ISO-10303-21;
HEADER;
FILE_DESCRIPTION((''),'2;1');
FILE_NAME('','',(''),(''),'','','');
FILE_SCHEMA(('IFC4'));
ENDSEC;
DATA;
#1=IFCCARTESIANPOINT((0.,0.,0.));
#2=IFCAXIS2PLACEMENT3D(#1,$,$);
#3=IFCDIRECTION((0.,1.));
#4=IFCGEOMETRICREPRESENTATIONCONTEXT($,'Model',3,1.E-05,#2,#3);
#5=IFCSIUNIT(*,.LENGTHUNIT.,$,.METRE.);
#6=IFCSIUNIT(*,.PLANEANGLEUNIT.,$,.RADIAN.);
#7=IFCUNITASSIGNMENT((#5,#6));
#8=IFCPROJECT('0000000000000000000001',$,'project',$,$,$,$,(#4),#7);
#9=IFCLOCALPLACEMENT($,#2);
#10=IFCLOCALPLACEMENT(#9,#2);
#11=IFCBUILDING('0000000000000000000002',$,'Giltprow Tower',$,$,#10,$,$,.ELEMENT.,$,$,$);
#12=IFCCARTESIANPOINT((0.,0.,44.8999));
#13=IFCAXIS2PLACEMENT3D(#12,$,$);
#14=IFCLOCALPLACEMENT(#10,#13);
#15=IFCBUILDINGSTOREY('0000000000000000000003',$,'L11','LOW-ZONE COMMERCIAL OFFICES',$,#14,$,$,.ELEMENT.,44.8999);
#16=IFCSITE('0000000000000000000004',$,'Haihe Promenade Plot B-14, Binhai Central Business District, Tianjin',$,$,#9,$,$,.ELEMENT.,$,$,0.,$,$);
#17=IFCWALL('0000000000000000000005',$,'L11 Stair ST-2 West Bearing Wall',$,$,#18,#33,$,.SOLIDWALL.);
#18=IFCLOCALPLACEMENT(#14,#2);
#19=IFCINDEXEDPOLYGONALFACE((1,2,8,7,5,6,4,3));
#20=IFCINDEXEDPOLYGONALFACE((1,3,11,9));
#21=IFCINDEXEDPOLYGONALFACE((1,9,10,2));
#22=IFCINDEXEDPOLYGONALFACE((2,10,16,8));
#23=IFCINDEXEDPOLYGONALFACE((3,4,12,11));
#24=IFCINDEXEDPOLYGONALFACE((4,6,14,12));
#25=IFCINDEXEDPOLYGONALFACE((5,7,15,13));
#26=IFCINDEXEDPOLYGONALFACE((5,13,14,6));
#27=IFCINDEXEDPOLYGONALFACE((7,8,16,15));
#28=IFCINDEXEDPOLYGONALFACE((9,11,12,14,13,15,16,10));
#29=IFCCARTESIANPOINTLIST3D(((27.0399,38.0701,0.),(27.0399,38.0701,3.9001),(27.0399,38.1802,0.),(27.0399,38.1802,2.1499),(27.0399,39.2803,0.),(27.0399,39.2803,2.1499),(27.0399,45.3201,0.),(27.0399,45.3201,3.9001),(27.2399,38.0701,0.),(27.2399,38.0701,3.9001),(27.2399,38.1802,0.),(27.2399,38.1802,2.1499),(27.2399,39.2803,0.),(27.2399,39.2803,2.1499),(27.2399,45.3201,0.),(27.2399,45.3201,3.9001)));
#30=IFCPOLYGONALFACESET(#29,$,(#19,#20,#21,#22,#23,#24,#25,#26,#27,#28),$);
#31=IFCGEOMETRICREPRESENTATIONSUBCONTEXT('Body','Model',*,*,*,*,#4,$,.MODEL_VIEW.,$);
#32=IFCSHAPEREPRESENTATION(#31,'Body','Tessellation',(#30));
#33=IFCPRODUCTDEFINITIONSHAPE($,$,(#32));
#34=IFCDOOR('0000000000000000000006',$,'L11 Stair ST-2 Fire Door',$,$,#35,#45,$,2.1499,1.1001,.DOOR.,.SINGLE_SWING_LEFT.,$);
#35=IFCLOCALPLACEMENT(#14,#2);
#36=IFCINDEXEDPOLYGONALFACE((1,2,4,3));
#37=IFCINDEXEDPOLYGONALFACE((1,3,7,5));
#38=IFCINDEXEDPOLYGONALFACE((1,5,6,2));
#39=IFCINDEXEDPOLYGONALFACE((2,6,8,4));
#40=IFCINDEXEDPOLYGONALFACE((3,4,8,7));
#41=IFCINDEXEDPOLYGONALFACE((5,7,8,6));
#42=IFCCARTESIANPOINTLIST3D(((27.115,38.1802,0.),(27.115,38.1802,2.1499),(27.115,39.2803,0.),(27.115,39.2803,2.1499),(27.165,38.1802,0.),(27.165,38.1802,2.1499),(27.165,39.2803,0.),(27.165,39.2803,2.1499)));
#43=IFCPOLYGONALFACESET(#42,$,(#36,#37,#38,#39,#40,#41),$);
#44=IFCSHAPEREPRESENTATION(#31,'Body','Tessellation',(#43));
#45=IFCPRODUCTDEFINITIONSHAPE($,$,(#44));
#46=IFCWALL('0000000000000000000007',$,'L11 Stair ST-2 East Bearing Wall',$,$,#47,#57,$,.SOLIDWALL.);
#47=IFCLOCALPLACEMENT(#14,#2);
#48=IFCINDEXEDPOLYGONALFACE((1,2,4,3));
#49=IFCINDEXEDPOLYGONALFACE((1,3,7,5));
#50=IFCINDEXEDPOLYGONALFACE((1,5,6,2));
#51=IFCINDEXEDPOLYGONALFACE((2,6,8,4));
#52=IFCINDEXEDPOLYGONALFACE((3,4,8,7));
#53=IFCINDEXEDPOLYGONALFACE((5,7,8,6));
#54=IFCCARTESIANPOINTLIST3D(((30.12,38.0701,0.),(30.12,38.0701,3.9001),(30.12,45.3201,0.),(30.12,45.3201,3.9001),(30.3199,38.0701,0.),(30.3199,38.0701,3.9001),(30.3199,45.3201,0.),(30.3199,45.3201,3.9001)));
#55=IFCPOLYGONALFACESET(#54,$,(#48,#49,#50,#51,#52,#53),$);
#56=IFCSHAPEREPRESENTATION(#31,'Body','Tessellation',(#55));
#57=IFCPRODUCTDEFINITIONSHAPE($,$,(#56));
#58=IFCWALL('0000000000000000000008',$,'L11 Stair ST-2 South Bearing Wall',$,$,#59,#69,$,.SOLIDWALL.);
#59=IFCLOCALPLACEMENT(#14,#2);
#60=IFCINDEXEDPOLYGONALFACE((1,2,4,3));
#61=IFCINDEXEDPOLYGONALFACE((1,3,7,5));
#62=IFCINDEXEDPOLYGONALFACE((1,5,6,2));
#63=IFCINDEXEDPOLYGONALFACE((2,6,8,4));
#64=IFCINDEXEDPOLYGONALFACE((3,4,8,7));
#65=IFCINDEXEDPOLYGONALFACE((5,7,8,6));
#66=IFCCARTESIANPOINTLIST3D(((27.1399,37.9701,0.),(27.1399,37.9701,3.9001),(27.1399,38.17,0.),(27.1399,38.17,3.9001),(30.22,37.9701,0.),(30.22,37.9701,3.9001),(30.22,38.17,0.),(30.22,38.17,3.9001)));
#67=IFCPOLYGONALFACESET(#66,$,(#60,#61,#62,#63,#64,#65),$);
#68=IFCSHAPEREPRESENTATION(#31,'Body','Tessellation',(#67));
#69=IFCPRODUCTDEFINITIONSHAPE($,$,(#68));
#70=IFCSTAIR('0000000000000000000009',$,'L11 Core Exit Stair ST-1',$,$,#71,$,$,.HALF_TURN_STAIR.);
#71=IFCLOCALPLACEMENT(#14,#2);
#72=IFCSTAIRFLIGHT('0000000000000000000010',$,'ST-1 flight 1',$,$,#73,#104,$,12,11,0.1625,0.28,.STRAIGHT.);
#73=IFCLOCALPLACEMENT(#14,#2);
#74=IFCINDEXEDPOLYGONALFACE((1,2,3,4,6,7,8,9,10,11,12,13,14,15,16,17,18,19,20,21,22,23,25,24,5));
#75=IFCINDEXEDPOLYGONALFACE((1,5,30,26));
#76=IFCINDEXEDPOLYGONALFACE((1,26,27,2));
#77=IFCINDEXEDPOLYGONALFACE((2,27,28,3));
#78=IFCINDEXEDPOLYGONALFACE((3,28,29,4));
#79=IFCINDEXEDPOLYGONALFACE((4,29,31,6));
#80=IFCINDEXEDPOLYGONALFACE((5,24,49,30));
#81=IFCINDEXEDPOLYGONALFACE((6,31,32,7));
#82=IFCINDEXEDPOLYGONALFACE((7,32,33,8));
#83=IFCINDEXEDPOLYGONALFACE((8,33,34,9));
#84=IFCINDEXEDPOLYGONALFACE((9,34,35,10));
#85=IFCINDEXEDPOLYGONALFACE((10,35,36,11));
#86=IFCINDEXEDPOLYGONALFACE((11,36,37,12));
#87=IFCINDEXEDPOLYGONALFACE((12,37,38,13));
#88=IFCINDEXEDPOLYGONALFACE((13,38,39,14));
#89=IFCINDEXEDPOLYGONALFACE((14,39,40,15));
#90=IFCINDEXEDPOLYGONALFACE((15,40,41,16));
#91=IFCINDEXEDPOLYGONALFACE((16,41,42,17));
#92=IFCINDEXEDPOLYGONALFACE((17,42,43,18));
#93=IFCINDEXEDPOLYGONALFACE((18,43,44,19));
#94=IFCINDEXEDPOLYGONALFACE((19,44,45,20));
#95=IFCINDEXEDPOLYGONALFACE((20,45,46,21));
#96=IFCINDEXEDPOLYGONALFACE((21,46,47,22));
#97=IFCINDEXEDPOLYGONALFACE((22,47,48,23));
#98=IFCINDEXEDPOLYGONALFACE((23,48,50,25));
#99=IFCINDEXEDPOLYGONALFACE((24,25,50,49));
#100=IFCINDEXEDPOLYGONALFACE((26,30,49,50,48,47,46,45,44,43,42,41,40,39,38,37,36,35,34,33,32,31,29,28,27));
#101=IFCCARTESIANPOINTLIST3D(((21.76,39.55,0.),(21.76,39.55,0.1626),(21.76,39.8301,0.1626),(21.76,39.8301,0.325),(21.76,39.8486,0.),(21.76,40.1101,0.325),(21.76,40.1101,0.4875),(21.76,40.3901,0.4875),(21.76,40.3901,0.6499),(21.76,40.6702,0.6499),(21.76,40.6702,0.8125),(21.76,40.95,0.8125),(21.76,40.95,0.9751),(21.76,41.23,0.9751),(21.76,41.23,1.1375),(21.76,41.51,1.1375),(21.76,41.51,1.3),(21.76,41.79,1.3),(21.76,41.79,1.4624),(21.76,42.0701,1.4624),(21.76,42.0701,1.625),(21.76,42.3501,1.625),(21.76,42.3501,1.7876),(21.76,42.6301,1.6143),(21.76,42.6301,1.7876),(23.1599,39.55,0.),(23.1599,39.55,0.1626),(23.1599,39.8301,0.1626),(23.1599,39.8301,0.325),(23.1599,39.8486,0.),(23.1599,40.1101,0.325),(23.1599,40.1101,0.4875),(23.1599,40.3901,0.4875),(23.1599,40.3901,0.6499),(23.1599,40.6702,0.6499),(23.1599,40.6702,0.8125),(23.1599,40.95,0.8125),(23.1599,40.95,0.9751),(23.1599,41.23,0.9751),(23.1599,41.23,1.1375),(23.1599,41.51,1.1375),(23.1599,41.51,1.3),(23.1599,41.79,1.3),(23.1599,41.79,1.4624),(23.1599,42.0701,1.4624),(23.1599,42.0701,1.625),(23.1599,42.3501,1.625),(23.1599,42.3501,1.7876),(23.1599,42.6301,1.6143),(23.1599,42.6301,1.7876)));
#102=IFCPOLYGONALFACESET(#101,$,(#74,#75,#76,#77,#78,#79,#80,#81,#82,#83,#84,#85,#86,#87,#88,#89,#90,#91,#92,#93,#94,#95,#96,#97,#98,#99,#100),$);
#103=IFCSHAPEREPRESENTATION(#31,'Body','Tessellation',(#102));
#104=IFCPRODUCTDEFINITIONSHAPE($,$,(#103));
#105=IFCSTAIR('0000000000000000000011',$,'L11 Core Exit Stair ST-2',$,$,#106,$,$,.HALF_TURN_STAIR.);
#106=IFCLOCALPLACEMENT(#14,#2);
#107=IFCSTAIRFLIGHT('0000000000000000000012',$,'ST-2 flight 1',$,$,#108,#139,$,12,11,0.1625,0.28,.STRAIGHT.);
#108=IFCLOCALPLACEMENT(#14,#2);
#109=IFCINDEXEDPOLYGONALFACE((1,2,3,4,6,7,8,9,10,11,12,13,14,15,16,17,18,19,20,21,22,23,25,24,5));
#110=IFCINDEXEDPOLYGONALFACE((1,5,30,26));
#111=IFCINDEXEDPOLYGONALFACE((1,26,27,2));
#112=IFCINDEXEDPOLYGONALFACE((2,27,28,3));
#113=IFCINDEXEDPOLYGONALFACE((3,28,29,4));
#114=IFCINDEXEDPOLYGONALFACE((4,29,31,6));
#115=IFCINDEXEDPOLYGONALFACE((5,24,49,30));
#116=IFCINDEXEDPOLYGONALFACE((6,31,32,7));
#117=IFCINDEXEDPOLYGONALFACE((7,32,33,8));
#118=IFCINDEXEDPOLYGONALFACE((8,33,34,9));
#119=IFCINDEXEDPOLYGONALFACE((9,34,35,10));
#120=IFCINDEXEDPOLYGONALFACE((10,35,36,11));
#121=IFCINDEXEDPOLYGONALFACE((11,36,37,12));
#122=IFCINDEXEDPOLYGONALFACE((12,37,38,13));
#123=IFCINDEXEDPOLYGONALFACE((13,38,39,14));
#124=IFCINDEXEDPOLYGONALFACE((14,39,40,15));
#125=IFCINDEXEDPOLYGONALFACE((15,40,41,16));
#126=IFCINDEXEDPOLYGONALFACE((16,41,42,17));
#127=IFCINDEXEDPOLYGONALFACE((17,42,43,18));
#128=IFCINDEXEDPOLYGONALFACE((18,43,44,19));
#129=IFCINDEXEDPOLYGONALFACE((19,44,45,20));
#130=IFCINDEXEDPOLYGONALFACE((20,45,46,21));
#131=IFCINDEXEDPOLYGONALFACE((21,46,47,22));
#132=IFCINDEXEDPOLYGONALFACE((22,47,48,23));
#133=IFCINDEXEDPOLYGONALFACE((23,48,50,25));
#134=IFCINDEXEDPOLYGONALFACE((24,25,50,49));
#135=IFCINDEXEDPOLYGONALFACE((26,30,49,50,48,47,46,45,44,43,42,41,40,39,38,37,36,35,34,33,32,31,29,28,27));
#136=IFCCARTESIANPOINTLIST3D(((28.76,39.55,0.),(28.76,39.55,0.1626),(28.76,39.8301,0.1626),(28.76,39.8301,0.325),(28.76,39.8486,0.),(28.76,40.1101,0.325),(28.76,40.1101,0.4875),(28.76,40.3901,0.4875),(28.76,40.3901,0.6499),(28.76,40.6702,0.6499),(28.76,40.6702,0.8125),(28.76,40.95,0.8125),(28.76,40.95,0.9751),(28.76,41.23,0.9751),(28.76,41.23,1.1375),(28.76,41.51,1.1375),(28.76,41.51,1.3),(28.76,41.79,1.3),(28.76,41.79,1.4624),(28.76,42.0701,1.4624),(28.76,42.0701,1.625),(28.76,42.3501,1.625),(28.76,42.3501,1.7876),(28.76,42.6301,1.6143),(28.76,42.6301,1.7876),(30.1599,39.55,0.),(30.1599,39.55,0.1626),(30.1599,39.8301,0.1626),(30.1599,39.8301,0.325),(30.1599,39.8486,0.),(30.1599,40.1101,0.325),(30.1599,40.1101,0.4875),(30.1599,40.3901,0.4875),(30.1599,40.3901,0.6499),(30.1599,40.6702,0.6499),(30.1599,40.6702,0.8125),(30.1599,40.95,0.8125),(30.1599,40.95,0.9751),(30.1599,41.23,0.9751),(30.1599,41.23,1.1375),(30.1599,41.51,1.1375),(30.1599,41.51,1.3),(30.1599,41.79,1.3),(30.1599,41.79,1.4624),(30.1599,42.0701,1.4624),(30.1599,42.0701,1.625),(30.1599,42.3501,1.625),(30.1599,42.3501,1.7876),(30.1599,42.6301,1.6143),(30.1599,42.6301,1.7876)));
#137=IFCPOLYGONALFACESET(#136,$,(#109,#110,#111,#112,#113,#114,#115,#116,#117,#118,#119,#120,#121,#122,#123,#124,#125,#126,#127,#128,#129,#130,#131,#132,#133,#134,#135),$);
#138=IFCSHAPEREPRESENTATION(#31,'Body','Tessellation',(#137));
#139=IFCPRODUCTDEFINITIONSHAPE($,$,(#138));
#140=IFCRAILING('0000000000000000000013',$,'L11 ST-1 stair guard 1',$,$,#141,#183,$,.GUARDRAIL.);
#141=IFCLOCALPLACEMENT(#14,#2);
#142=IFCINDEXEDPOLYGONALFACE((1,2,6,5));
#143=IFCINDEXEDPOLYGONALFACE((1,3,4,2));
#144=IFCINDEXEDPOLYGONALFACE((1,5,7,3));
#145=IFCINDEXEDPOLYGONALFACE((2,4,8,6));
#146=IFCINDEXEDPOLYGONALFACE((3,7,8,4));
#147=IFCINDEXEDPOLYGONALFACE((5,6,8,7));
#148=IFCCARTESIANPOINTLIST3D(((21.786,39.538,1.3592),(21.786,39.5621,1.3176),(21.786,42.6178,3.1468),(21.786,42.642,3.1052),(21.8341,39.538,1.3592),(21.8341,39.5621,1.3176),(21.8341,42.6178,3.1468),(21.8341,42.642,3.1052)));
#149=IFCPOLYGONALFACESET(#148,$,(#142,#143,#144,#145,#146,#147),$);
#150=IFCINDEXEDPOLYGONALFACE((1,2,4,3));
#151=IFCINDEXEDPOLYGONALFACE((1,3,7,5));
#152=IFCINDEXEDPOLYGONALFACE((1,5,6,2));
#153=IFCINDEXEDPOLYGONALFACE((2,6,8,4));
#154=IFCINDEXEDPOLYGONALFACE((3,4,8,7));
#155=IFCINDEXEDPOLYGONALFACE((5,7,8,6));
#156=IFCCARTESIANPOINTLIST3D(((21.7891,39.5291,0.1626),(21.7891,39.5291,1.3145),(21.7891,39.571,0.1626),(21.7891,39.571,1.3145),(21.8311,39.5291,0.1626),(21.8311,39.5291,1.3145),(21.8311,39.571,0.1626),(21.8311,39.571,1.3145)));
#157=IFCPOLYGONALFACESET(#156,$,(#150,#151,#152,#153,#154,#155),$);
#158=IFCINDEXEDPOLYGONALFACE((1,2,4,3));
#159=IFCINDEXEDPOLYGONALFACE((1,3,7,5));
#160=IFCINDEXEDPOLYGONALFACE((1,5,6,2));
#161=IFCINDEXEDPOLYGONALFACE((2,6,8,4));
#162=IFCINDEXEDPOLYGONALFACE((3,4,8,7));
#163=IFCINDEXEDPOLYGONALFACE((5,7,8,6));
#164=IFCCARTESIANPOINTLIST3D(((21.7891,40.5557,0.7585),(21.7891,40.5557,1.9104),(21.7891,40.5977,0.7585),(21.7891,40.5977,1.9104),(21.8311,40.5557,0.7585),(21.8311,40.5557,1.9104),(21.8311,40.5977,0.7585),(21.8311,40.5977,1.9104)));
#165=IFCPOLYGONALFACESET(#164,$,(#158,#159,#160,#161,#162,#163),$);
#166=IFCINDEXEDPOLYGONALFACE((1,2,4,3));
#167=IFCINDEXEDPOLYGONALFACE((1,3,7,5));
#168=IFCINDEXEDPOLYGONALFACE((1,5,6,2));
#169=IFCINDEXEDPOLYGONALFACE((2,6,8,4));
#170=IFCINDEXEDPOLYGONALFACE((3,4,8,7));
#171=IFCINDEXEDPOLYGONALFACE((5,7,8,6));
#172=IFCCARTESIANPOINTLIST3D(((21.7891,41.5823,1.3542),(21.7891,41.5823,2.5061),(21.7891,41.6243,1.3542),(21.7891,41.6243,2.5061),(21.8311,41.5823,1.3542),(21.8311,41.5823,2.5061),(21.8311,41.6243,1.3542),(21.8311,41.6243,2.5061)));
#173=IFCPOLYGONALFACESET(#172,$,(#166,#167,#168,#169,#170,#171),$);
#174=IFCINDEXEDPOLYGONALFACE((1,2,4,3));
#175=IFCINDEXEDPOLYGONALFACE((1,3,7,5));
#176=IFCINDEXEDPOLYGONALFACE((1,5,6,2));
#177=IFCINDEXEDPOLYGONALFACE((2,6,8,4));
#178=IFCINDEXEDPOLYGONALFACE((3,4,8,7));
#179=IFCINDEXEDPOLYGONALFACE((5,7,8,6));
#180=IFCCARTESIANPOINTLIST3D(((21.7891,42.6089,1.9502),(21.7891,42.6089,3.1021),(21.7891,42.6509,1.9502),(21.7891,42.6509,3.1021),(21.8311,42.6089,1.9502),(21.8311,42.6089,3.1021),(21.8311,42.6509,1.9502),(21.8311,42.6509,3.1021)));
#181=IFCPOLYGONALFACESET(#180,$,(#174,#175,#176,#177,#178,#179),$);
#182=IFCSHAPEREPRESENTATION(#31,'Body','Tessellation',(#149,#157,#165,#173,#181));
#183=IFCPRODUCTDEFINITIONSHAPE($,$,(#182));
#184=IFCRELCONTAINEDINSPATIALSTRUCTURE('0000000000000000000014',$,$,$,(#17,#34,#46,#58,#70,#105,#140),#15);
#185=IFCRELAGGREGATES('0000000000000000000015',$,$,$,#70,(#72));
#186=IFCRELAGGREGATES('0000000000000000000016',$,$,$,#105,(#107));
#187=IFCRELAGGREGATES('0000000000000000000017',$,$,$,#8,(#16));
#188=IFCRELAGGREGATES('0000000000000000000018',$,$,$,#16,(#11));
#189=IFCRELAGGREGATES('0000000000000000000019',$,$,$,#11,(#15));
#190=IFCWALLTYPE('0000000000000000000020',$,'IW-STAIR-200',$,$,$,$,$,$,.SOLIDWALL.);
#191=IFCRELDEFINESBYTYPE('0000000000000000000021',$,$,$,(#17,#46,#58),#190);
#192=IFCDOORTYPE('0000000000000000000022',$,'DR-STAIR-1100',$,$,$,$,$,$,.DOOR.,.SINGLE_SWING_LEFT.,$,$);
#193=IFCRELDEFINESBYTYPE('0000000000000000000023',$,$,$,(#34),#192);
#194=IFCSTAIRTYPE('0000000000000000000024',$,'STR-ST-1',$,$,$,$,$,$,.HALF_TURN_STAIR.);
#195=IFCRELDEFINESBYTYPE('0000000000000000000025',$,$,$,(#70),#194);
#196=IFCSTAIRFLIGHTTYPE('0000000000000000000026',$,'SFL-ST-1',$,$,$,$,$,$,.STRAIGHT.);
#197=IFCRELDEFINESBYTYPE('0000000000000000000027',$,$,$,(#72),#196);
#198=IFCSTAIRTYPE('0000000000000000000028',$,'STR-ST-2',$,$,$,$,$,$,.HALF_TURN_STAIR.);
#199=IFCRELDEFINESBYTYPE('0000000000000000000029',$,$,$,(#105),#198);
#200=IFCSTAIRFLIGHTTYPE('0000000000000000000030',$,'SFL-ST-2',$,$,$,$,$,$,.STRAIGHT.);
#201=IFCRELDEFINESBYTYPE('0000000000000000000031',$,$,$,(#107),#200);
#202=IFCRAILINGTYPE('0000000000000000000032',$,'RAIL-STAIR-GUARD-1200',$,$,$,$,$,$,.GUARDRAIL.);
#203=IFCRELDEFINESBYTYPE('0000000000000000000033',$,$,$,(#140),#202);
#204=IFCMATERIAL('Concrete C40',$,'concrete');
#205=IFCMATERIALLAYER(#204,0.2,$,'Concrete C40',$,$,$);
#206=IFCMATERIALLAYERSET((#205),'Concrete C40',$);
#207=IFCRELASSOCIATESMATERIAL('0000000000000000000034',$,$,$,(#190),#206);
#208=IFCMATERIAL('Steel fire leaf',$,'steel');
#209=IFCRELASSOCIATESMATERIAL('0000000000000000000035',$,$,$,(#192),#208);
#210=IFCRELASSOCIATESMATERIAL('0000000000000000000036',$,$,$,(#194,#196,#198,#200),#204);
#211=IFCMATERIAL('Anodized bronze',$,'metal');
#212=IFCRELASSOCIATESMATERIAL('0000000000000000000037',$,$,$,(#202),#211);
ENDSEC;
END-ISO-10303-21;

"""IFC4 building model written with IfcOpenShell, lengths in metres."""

from ifc_helpers import new_model, si_unit, direction, frame, frame_2d, origin, origin_2d, place, context, subcontext, project, spatial, polyline, rectangle, outline, extrude, source, transform, mapped, material, layer, layer_set, type_object, element, fill, aggregate, save


model = new_model("IFC4")

# Units and contexts
model_context = context("Model", 3, precision=1e-05, world=origin(), true_north=direction((0.0, 1.0)))
body_context = subcontext(model_context, "Body", "Model", "MODEL_VIEW")
ifc_project = project(units=[si_unit("LENGTHUNIT", "METRE"), si_unit("PLANEANGLEUNIT", "RADIAN")], contexts=[model_context])

# Site, building, storey
site_placement = place(None, origin())
site = spatial("IfcSite", under=ifc_project, at=site_placement, Name="Haihe Promenade Plot B-14, Binhai Central Business District, Tianjin", CompositionType="ELEMENT", RefElevation=0.0)
building_placement = place(site_placement, origin())
building = spatial("IfcBuilding", under=site, at=building_placement, Name="Giltprow Tower", CompositionType="ELEMENT")
storey_placement = place(building_placement, frame((0.0, 0.0, 44.8999)))
storey = spatial("IfcBuildingStorey", under=building, at=storey_placement, Name="L11", Description="LOW-ZONE COMMERCIAL OFFICES", CompositionType="ELEMENT", Elevation=44.8999)

# Wall, opening, door
ifc_material_1 = material(Name="Concrete C40", Category="concrete")
ifc_layer_1 = layer(ifc_material_1, 0.2, Name="Concrete C40")
ifc_layer_set_1 = layer_set([ifc_layer_1], Name="Concrete C40")
wall_type_1 = type_object("IfcWallType", Name="IW-STAIR-200", PredefinedType="SOLIDWALL", material=ifc_layer_set_1)
ifc_material_2 = material(Name="Steel fire leaf", Category="steel")
door_type_1 = type_object("IfcDoorType", Name="DR-STAIR-1100", OperationType="SINGLE_SWING_LEFT", PredefinedType="DOOR", material=ifc_material_2)
shared_shape_1 = source(origin(), body_context, "Body", "SweptSolid", [
    extrude(rectangle(XDim=1.1001, YDim=2.1499, at=frame_2d((0.55, 1.075))), frame((0.0, 0.0249, 0.0), z_axis=(0.0, -1.0, 0.0), x_axis=(1.0, 0.0, 0.0)), (0.0, 0.0, 1.0), 0.05),
])
wall_1_placement = place(storey_placement, frame((27.1399, 38.0701, 0.0), z_axis=(0.0, 0.0, 1.0), x_axis=(0.0, 1.0, 0.0)))
wall_1 = element("IfcWall", 1, at=wall_1_placement, inside=storey, type_object=wall_type_1, Name="L11 Stair ST-2 West Bearing Wall", PredefinedType="SOLIDWALL", context=body_context, shape_type="SweptSolid", body=[
    extrude(rectangle(XDim=7.25, YDim=0.2, at=frame_2d((3.625, 0.0))), origin(), (0.0, 0.0, 1.0), 3.9001),
])
opening_1_placement = place(wall_1_placement, frame((0.1101, 0.0, 0.0)))
opening_1 = element("IfcOpeningElement", 2, at=opening_1_placement, cuts=wall_1, PredefinedType="OPENING", context=body_context, shape_type="SweptSolid", body=[
    extrude(rectangle(XDim=1.1001, YDim=2.1499, at=frame_2d((0.55, 1.075))), frame((0.0, 0.1099, 0.0), z_axis=(0.0, -1.0, 0.0), x_axis=(1.0, 0.0, 0.0)), (0.0, 0.0, 1.0), 0.22),
])
door_1_placement = place(opening_1_placement, origin())
door_1 = element("IfcDoor", 3, at=door_1_placement, inside=storey, type_object=door_type_1, Name="L11 Stair ST-2 Fire Door", OperationType="SINGLE_SWING_LEFT", OverallHeight=2.1499, OverallWidth=1.1001, PredefinedType="DOOR", context=body_context, shape_type="MappedRepresentation", body=[
    mapped(shared_shape_1, transform((0.0, 0.0, 0.0), x_axis=(1.0, 0.0, 0.0), y_axis=(0.0, 1.0, 0.0), z_axis=(0.0, 0.0, 1.0), scale=1.0)),
])
fill(opening_1, door_1)

# Walls
wall_2_placement = place(storey_placement, frame((30.22, 38.0701, 0.0), z_axis=(0.0, 0.0, 1.0), x_axis=(0.0, 1.0, 0.0)))
element("IfcWall", 4, at=wall_2_placement, inside=storey, type_object=wall_type_1, Name="L11 Stair ST-2 East Bearing Wall", PredefinedType="SOLIDWALL", context=body_context, shape_type="SweptSolid", body=[
    extrude(rectangle(XDim=7.25, YDim=0.2, at=frame_2d((3.625, 0.0))), origin(), (0.0, 0.0, 1.0), 3.9001),
])
wall_3_placement = place(storey_placement, frame((27.1399, 38.0701, 0.0), z_axis=(0.0, 0.0, 1.0), x_axis=(1.0, 0.0, 0.0)))
element("IfcWall", 5, at=wall_3_placement, inside=storey, type_object=wall_type_1, Name="L11 Stair ST-2 South Bearing Wall", PredefinedType="SOLIDWALL", context=body_context, shape_type="SweptSolid", body=[
    extrude(rectangle(XDim=3.0801, YDim=0.2, at=frame_2d((1.54, 0.0))), origin(), (0.0, 0.0, 1.0), 3.9001),
])

# Stairs, stair flights
stair_type_1 = type_object("IfcStairType", Name="STR-ST-1", PredefinedType="HALF_TURN_STAIR", material=ifc_material_1)
stair_1_placement = place(storey_placement, origin())
stair_1 = element("IfcStair", 6, at=stair_1_placement, inside=storey, type_object=stair_type_1, Name="L11 Core Exit Stair ST-1", PredefinedType="HALF_TURN_STAIR")
stair_flight_type_1 = type_object("IfcStairFlightType", Name="SFL-ST-1", PredefinedType="STRAIGHT", material=ifc_material_1)
stair_flight_1_placement = place(storey_placement, frame((22.46, 39.55, 0.0), z_axis=(0.0, 0.0, 1.0), x_axis=(0.0, 1.0, 0.0)))
stair_flight_1 = element("IfcStairFlight", 7, at=stair_flight_1_placement, type_object=stair_flight_type_1, Name="ST-1 flight 1", NumberOfRisers=12, NumberOfTreads=11, PredefinedType="STRAIGHT", RiserHeight=0.1625, TreadLength=0.28, context=body_context, shape_type="SweptSolid", body=[
    extrude(outline(polyline([(0.0, 0.0), (0.0, 0.1626), (0.28, 0.1626), (0.28, 0.325), (0.5601, 0.325), (0.5601, 0.4875), (0.8401, 0.4875), (0.8401, 0.6499), (1.1201, 0.6499), (1.1201, 0.8125), (1.3999, 0.8125), (1.3999, 0.9751), (1.6799, 0.9751), (1.6799, 1.1375), (1.96, 1.1375), (1.96, 1.3), (2.24, 1.3), (2.24, 1.4624), (2.52, 1.4624), (2.52, 1.625), (2.8, 1.625), (2.8, 1.7876), (3.0801, 1.7876), (3.0801, 1.95), (3.0801, 1.6143), (0.2986, 0.0), (0.0, 0.0)])), frame((0.0, 0.7, 0.0), z_axis=(0.0, -1.0, 0.0), x_axis=(1.0, 0.0, 0.0)), (0.0, 0.0, 1.0), 1.3999),
])
aggregate(stair_1, [stair_flight_1])
stair_type_2 = type_object("IfcStairType", Name="STR-ST-2", PredefinedType="HALF_TURN_STAIR", material=ifc_material_1)
stair_2_placement = place(storey_placement, origin())
stair_2 = element("IfcStair", 8, at=stair_2_placement, inside=storey, type_object=stair_type_2, Name="L11 Core Exit Stair ST-2", PredefinedType="HALF_TURN_STAIR")
stair_flight_type_2 = type_object("IfcStairFlightType", Name="SFL-ST-2", PredefinedType="STRAIGHT", material=ifc_material_1)
stair_flight_2_placement = place(storey_placement, frame((29.46, 39.55, 0.0), z_axis=(0.0, 0.0, 1.0), x_axis=(0.0, 1.0, 0.0)))
stair_flight_2 = element("IfcStairFlight", 9, at=stair_flight_2_placement, type_object=stair_flight_type_2, Name="ST-2 flight 1", NumberOfRisers=12, NumberOfTreads=11, PredefinedType="STRAIGHT", RiserHeight=0.1625, TreadLength=0.28, context=body_context, shape_type="SweptSolid", body=[
    extrude(outline(polyline([(0.0, 0.0), (0.0, 0.1626), (0.28, 0.1626), (0.28, 0.325), (0.5601, 0.325), (0.5601, 0.4875), (0.8401, 0.4875), (0.8401, 0.6499), (1.1201, 0.6499), (1.1201, 0.8125), (1.3999, 0.8125), (1.3999, 0.9751), (1.6799, 0.9751), (1.6799, 1.1375), (1.96, 1.1375), (1.96, 1.3), (2.24, 1.3), (2.24, 1.4624), (2.52, 1.4624), (2.52, 1.625), (2.8, 1.625), (2.8, 1.7876), (3.0801, 1.7876), (3.0801, 1.95), (3.0801, 1.6143), (0.2986, 0.0), (0.0, 0.0)])), frame((0.0, 0.7, 0.0), z_axis=(0.0, -1.0, 0.0), x_axis=(1.0, 0.0, 0.0)), (0.0, 0.0, 1.0), 1.3999),
])
aggregate(stair_2, [stair_flight_2])

# Railing
ifc_material_3 = material(Name="Anodized bronze", Category="metal")
railing_type_1 = type_object("IfcRailingType", Name="RAIL-STAIR-GUARD-1200", PredefinedType="GUARDRAIL", material=ifc_material_3)
railing_1_placement = place(storey_placement, frame((21.8101, 39.55, 0.1626)))
element("IfcRailing", 10, at=railing_1_placement, inside=storey, type_object=railing_type_1, Name="L11 ST-1 stair guard 1", PredefinedType="GUARDRAIL", context=body_context, shape_type="SweptSolid", body=[
    extrude(rectangle(XDim=0.0481, YDim=0.0481, at=origin_2d()), frame((0.0, 0.0, 1.1758), z_axis=(0.0, 0.864873, 0.50199), x_axis=(-1.0, 0.0, 0.0)), (0.0, 0.0, 1.0), 3.561),
    extrude(rectangle(XDim=0.042, YDim=0.042, at=origin_2d()), origin(), (0.0, 0.0, 1.0), 1.1519),
    extrude(rectangle(XDim=0.042, YDim=0.042, at=origin_2d()), frame((0.0, 1.0266, 0.5959)), (0.0, 0.0, 1.0), 1.1519),
    extrude(rectangle(XDim=0.042, YDim=0.042, at=origin_2d()), frame((0.0, 2.0532, 1.1917)), (0.0, 0.0, 1.0), 1.1519),
    extrude(rectangle(XDim=0.042, YDim=0.042, at=origin_2d()), frame((0.0, 3.0798, 1.7876)), (0.0, 0.0, 1.0), 1.1519),
])

save(model, "model.ifc")
